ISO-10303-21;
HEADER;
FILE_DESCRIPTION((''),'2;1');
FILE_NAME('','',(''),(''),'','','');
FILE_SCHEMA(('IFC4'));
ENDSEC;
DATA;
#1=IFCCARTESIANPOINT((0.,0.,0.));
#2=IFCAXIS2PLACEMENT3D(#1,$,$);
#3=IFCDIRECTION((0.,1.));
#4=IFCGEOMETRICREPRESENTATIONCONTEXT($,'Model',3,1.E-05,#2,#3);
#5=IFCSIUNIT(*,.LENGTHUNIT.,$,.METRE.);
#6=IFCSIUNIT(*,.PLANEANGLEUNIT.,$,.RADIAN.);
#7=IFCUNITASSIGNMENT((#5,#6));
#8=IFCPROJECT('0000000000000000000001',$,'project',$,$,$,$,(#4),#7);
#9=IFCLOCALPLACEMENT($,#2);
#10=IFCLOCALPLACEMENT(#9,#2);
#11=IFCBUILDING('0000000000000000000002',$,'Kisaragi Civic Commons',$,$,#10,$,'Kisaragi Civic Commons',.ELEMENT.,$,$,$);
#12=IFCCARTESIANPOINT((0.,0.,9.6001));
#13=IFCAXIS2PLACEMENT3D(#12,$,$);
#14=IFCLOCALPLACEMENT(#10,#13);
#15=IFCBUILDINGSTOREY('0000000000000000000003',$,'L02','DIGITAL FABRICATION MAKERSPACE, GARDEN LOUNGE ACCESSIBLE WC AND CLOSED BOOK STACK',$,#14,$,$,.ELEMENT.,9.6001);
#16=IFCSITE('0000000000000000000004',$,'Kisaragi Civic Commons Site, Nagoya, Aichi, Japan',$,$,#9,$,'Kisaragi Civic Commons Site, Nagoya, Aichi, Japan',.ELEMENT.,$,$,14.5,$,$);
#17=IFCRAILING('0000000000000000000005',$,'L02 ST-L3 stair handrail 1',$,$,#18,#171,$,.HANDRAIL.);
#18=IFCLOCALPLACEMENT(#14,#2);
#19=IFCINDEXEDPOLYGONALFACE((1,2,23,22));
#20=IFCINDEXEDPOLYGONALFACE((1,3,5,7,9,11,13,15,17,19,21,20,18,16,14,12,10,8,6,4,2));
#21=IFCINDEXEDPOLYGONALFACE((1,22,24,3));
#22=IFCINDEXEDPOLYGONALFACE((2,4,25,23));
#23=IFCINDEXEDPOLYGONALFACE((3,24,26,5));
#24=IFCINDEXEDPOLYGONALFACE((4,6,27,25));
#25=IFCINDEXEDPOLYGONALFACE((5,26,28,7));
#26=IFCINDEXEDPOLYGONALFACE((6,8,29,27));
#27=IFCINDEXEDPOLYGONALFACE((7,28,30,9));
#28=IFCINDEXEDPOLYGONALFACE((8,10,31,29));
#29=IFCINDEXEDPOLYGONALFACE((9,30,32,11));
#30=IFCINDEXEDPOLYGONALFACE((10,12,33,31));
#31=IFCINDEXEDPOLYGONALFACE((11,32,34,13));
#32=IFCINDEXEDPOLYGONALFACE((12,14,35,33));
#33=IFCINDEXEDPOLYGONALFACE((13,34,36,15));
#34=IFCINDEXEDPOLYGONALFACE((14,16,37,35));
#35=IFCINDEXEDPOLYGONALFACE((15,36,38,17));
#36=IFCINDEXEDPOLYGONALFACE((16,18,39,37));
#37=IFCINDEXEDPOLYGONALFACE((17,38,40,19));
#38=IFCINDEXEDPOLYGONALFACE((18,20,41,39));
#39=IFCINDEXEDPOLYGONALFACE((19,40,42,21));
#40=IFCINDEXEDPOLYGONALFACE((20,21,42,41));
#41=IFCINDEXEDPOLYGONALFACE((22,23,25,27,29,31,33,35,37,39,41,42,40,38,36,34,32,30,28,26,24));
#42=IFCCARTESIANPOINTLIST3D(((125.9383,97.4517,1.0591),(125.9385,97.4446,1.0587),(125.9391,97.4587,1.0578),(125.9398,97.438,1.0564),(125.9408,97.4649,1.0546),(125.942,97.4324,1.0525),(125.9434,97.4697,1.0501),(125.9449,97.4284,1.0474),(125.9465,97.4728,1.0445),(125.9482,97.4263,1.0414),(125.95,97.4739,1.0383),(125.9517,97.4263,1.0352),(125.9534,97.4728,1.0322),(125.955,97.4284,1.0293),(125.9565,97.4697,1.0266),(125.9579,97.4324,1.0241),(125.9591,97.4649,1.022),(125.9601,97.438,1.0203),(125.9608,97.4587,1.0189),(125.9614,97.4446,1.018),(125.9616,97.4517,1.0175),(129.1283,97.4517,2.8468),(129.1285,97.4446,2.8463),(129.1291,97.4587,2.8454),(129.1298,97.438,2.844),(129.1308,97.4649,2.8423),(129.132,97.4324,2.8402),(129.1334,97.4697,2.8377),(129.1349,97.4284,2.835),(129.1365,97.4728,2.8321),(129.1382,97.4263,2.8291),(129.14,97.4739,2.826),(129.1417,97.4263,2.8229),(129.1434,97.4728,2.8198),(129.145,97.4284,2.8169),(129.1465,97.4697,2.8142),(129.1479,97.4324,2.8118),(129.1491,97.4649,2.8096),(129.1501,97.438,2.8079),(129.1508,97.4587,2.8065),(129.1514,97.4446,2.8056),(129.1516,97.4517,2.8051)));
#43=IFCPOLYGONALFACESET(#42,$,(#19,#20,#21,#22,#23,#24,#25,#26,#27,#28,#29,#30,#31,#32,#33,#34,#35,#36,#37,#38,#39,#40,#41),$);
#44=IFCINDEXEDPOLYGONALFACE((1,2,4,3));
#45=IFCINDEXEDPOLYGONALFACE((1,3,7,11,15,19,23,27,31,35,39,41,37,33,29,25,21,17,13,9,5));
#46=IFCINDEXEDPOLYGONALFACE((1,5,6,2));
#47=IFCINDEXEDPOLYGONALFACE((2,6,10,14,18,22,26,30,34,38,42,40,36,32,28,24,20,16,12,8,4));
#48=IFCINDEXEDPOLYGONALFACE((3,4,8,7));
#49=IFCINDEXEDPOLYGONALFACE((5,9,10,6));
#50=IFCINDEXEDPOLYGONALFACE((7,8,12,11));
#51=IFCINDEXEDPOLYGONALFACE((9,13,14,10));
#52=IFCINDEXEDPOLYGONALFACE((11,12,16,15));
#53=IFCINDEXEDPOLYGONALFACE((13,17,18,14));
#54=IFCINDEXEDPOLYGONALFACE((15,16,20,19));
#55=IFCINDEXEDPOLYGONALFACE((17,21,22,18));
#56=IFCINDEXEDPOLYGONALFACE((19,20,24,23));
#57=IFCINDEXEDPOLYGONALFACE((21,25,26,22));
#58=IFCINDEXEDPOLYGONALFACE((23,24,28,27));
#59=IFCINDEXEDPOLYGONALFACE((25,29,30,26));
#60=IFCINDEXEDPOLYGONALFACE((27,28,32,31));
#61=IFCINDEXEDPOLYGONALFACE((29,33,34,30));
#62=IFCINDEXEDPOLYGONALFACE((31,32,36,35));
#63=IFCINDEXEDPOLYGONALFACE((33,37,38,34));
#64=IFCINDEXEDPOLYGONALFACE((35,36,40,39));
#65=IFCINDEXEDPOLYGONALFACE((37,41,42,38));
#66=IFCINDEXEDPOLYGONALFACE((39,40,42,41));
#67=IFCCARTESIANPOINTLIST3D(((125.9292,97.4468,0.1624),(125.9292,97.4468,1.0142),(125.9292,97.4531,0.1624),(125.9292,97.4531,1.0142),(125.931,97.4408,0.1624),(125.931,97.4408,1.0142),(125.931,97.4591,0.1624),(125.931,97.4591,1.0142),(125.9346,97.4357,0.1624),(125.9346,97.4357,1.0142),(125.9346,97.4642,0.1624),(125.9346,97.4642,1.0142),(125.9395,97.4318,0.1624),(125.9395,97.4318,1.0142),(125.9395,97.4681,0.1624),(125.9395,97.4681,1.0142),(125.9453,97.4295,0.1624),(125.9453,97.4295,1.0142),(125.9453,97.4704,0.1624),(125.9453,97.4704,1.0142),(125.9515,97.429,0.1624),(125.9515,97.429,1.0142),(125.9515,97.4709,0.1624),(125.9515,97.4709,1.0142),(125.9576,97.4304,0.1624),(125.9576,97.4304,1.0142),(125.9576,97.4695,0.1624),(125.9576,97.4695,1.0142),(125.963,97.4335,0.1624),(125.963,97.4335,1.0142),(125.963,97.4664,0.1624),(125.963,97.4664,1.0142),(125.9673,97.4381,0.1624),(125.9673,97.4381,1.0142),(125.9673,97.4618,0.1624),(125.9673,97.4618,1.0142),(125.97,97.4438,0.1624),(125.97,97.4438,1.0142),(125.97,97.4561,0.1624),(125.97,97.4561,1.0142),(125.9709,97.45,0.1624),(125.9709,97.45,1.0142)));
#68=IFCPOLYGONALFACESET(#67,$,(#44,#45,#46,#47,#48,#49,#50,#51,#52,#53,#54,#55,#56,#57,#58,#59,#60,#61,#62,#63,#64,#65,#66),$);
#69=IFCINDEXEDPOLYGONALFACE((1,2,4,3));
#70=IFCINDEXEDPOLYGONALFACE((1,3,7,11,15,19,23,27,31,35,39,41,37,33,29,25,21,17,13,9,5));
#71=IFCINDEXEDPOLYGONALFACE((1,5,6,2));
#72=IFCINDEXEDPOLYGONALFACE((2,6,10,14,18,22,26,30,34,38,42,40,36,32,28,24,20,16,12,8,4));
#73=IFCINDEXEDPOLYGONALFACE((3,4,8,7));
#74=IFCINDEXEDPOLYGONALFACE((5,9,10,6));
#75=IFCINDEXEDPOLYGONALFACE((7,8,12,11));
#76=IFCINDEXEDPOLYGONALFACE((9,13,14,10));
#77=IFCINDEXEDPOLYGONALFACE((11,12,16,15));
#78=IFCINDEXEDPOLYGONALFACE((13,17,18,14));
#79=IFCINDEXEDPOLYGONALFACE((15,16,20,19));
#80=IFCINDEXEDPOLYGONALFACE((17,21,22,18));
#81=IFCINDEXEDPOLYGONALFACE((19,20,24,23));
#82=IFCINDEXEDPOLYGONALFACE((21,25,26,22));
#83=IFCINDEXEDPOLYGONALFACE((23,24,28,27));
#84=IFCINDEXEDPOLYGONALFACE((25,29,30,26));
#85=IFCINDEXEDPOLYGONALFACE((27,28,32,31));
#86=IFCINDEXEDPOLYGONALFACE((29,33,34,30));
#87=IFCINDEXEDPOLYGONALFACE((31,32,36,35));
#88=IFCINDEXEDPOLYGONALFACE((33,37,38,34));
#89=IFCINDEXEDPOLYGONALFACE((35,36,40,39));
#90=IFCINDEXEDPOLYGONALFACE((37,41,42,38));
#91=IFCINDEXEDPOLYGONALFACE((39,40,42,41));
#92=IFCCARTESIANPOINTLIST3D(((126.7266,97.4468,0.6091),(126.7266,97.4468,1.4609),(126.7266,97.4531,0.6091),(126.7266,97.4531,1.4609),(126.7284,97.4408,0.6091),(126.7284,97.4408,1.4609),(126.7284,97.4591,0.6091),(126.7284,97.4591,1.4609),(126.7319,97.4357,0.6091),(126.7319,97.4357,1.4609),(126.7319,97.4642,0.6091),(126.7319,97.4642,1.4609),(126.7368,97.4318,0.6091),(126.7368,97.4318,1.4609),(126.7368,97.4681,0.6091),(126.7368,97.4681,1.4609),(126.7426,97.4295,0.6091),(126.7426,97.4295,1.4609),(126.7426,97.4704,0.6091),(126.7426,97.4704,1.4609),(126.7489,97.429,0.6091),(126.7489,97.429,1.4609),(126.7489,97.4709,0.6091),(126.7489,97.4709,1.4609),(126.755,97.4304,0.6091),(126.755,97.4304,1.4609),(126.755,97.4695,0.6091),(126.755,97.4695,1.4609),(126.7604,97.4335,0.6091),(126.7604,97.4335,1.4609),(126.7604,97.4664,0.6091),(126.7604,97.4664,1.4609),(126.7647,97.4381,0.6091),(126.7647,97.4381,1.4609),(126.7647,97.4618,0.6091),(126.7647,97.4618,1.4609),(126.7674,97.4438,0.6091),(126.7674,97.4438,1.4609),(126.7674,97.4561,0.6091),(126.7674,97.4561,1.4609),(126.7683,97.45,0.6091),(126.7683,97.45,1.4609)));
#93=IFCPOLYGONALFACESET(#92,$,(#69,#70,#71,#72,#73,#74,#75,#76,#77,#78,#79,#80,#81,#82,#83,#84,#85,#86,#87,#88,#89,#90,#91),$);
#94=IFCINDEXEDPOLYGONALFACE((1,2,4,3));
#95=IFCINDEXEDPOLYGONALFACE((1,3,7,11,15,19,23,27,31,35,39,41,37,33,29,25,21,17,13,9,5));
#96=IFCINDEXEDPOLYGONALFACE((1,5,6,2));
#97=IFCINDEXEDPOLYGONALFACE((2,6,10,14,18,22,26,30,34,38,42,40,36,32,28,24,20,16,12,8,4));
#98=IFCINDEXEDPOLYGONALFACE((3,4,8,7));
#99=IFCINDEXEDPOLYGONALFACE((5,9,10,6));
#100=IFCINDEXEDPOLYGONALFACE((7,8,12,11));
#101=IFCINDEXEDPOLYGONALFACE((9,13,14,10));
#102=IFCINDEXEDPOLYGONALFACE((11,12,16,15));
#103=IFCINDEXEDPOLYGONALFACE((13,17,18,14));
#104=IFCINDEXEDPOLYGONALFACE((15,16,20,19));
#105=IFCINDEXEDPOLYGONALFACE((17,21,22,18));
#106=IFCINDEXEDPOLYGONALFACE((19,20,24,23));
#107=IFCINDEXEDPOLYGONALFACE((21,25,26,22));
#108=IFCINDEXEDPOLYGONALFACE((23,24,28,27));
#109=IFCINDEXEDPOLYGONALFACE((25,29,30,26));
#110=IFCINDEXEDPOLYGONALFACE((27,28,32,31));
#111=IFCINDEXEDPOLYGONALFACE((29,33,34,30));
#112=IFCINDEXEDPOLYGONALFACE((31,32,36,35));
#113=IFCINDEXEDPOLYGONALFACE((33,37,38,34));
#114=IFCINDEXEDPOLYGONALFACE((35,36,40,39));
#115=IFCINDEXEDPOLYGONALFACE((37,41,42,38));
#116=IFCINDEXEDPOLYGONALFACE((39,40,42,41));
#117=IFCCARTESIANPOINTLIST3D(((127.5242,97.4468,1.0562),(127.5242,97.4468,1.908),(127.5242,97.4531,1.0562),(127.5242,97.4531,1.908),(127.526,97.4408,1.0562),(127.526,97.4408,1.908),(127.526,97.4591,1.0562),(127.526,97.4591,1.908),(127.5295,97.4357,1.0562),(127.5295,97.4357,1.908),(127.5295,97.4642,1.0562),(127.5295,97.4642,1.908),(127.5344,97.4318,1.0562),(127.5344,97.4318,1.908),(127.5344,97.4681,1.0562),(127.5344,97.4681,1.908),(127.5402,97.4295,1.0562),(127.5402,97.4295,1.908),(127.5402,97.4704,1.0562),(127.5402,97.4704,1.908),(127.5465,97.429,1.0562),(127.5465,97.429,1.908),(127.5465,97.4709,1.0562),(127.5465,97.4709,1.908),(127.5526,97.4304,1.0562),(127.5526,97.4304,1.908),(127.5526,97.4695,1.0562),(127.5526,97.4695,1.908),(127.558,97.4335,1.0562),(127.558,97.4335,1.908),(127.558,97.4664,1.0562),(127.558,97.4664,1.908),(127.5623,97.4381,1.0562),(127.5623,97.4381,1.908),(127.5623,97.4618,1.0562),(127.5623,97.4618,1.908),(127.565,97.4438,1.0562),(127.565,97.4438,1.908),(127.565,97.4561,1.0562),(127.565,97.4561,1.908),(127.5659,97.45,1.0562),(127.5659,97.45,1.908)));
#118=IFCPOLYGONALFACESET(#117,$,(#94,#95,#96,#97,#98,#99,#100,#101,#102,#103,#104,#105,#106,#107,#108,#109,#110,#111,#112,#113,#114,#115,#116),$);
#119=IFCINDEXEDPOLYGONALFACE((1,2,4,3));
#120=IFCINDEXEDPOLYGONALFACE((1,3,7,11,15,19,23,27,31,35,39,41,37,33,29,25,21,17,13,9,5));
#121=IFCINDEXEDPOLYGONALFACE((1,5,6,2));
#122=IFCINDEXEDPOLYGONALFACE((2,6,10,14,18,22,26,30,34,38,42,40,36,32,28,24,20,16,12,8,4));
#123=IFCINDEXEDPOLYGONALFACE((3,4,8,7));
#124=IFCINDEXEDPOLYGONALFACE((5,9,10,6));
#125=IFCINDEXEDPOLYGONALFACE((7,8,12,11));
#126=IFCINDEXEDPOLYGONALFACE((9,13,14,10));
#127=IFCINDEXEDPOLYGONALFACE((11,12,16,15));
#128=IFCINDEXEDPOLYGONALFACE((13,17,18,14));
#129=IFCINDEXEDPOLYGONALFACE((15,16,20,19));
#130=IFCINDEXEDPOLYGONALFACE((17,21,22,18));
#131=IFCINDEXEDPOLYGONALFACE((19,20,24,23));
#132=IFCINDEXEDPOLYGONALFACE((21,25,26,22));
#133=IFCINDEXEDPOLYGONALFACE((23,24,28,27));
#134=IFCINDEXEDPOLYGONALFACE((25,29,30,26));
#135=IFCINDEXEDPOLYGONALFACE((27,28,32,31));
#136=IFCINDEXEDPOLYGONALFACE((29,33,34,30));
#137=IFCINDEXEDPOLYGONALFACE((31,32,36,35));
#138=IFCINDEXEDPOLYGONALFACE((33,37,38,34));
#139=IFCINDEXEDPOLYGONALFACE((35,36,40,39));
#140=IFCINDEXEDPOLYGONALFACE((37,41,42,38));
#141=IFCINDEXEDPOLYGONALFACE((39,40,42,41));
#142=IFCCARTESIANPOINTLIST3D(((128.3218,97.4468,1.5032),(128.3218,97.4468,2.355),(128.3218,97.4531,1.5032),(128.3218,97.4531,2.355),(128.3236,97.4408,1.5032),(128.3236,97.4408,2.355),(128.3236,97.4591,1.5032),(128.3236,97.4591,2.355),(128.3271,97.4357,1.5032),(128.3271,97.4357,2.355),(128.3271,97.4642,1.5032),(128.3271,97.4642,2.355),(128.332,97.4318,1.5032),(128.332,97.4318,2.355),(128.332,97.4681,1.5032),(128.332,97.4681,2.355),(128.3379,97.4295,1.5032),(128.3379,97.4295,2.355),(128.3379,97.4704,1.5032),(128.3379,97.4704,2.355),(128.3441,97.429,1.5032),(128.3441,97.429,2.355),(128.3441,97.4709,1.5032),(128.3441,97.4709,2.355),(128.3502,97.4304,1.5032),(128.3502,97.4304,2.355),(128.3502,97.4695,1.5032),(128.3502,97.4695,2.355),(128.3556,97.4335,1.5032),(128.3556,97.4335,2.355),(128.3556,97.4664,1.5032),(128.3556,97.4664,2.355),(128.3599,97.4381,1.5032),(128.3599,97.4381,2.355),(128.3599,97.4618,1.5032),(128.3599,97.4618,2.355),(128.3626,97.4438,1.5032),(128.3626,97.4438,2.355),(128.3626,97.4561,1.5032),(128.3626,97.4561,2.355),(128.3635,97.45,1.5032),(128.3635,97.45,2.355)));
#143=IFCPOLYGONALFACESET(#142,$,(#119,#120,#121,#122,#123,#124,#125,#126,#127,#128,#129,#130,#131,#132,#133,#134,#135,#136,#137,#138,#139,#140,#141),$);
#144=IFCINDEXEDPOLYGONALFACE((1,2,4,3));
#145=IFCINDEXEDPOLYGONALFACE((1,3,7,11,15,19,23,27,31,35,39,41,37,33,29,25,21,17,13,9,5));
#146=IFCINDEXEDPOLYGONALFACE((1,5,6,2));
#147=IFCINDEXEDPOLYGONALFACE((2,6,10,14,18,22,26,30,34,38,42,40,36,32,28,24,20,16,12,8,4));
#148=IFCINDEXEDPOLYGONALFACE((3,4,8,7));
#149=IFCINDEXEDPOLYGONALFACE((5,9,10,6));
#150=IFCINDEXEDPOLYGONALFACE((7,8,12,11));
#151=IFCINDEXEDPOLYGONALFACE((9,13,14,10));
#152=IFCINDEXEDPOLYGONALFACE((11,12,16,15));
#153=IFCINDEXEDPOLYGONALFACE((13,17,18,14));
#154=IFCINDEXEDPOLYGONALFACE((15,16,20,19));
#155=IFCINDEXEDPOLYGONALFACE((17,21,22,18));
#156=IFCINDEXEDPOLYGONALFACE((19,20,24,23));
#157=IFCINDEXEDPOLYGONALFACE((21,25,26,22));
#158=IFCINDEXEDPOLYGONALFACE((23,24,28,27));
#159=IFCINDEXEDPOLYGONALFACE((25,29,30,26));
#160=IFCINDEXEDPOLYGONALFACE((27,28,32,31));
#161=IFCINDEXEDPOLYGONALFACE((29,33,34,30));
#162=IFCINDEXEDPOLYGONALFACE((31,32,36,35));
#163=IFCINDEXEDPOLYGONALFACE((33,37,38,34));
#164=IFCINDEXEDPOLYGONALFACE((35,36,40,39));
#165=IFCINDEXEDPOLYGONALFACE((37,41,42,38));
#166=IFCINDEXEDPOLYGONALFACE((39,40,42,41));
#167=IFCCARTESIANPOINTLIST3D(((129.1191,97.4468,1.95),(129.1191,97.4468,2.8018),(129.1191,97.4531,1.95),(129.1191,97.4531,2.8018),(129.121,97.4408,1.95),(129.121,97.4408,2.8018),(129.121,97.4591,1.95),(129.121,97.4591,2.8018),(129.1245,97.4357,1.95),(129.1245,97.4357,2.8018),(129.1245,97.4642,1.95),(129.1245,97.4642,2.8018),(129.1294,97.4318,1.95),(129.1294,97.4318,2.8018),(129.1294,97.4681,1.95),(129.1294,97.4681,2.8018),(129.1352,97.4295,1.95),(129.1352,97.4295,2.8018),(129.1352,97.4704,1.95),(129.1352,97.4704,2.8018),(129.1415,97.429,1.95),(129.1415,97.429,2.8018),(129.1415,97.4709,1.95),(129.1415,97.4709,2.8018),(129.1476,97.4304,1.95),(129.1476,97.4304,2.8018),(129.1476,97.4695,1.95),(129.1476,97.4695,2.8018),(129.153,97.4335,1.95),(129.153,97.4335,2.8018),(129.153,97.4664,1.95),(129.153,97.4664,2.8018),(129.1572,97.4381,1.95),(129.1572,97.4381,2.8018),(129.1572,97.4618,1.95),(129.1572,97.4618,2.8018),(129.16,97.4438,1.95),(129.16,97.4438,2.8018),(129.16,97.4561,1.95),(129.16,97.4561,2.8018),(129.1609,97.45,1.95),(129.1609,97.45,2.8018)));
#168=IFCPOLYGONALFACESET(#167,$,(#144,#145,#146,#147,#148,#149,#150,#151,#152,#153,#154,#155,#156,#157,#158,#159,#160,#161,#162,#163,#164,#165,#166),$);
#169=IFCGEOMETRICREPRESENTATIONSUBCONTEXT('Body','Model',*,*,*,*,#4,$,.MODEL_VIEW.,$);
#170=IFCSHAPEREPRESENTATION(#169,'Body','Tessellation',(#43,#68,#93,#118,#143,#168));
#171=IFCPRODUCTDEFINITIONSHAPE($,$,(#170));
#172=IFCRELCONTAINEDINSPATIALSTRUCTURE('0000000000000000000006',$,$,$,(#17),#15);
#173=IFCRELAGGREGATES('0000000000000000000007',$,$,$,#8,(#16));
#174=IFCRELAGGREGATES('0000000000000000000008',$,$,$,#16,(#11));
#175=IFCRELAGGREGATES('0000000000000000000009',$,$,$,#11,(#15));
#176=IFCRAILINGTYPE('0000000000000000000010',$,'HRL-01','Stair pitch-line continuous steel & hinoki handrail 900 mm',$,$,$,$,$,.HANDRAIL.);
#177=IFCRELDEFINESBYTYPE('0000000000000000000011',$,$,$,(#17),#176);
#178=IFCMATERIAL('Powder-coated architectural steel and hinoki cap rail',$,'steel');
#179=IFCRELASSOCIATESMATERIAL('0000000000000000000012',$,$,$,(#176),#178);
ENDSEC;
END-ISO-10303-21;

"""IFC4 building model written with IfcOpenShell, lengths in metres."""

from ifc_helpers import new_model, si_unit, direction, frame, origin, origin_2d, place, context, subcontext, project, spatial, circle, extrude, material, type_object, element, save


model = new_model("IFC4")

# Units and contexts
model_context = context("Model", 3, precision=1e-05, world=origin(), true_north=direction((0.0, 1.0)))
body_context = subcontext(model_context, "Body", "Model", "MODEL_VIEW")
ifc_project = project(units=[si_unit("LENGTHUNIT", "METRE"), si_unit("PLANEANGLEUNIT", "RADIAN")], contexts=[model_context])

# Site, building, storey
site_placement = place(None, origin())
site = spatial("IfcSite", under=ifc_project, at=site_placement, Name="Kisaragi Civic Commons Site, Nagoya, Aichi, Japan", LongName="Kisaragi Civic Commons Site, Nagoya, Aichi, Japan", CompositionType="ELEMENT", RefElevation=14.5)
building_placement = place(site_placement, origin())
building = spatial("IfcBuilding", under=site, at=building_placement, Name="Kisaragi Civic Commons", LongName="Kisaragi Civic Commons", CompositionType="ELEMENT")
storey_placement = place(building_placement, frame((0.0, 0.0, 9.6001)))
storey = spatial("IfcBuildingStorey", under=building, at=storey_placement, Name="L02", Description="DIGITAL FABRICATION MAKERSPACE, GARDEN LOUNGE ACCESSIBLE WC AND CLOSED BOOK STACK", CompositionType="ELEMENT", Elevation=9.6001)

# Railing
ifc_material_1 = material(Name="Powder-coated architectural steel and hinoki cap rail", Category="steel")
railing_type_1 = type_object("IfcRailingType", Name="HRL-01", Description="Stair pitch-line continuous steel & hinoki handrail 900 mm", PredefinedType="HANDRAIL", material=ifc_material_1)
railing_1_placement = place(storey_placement, frame((125.95, 97.45, 0.1624)))
element("IfcRailing", 1, at=railing_1_placement, inside=storey, type_object=railing_type_1, Name="L02 ST-L3 stair handrail 1", PredefinedType="HANDRAIL", context=body_context, shape_type="SweptSolid", body=[
    extrude(circle(Radius=0.0239, at=origin_2d()), frame((0.0, 0.0, 0.876), z_axis=(0.872363, 0.0, 0.48886), x_axis=(0.0, 1.0, 0.0)), (0.0, 0.0, 1.0), 3.6567),
    extrude(circle(Radius=0.021, at=origin_2d()), origin(), (0.0, 0.0, 1.0), 0.8518),
    extrude(circle(Radius=0.021, at=origin_2d()), frame((0.7974, 0.0, 0.4468)), (0.0, 0.0, 1.0), 0.8518),
    extrude(circle(Radius=0.021, at=origin_2d()), frame((1.595, 0.0, 0.8938)), (0.0, 0.0, 1.0), 0.8518),
    extrude(circle(Radius=0.021, at=origin_2d()), frame((2.3926, 0.0, 1.3408)), (0.0, 0.0, 1.0), 0.8518),
    extrude(circle(Radius=0.021, at=origin_2d()), frame((3.1899, 0.0, 1.7876)), (0.0, 0.0, 1.0), 0.8518),
])

save(model, "model.ifc")
